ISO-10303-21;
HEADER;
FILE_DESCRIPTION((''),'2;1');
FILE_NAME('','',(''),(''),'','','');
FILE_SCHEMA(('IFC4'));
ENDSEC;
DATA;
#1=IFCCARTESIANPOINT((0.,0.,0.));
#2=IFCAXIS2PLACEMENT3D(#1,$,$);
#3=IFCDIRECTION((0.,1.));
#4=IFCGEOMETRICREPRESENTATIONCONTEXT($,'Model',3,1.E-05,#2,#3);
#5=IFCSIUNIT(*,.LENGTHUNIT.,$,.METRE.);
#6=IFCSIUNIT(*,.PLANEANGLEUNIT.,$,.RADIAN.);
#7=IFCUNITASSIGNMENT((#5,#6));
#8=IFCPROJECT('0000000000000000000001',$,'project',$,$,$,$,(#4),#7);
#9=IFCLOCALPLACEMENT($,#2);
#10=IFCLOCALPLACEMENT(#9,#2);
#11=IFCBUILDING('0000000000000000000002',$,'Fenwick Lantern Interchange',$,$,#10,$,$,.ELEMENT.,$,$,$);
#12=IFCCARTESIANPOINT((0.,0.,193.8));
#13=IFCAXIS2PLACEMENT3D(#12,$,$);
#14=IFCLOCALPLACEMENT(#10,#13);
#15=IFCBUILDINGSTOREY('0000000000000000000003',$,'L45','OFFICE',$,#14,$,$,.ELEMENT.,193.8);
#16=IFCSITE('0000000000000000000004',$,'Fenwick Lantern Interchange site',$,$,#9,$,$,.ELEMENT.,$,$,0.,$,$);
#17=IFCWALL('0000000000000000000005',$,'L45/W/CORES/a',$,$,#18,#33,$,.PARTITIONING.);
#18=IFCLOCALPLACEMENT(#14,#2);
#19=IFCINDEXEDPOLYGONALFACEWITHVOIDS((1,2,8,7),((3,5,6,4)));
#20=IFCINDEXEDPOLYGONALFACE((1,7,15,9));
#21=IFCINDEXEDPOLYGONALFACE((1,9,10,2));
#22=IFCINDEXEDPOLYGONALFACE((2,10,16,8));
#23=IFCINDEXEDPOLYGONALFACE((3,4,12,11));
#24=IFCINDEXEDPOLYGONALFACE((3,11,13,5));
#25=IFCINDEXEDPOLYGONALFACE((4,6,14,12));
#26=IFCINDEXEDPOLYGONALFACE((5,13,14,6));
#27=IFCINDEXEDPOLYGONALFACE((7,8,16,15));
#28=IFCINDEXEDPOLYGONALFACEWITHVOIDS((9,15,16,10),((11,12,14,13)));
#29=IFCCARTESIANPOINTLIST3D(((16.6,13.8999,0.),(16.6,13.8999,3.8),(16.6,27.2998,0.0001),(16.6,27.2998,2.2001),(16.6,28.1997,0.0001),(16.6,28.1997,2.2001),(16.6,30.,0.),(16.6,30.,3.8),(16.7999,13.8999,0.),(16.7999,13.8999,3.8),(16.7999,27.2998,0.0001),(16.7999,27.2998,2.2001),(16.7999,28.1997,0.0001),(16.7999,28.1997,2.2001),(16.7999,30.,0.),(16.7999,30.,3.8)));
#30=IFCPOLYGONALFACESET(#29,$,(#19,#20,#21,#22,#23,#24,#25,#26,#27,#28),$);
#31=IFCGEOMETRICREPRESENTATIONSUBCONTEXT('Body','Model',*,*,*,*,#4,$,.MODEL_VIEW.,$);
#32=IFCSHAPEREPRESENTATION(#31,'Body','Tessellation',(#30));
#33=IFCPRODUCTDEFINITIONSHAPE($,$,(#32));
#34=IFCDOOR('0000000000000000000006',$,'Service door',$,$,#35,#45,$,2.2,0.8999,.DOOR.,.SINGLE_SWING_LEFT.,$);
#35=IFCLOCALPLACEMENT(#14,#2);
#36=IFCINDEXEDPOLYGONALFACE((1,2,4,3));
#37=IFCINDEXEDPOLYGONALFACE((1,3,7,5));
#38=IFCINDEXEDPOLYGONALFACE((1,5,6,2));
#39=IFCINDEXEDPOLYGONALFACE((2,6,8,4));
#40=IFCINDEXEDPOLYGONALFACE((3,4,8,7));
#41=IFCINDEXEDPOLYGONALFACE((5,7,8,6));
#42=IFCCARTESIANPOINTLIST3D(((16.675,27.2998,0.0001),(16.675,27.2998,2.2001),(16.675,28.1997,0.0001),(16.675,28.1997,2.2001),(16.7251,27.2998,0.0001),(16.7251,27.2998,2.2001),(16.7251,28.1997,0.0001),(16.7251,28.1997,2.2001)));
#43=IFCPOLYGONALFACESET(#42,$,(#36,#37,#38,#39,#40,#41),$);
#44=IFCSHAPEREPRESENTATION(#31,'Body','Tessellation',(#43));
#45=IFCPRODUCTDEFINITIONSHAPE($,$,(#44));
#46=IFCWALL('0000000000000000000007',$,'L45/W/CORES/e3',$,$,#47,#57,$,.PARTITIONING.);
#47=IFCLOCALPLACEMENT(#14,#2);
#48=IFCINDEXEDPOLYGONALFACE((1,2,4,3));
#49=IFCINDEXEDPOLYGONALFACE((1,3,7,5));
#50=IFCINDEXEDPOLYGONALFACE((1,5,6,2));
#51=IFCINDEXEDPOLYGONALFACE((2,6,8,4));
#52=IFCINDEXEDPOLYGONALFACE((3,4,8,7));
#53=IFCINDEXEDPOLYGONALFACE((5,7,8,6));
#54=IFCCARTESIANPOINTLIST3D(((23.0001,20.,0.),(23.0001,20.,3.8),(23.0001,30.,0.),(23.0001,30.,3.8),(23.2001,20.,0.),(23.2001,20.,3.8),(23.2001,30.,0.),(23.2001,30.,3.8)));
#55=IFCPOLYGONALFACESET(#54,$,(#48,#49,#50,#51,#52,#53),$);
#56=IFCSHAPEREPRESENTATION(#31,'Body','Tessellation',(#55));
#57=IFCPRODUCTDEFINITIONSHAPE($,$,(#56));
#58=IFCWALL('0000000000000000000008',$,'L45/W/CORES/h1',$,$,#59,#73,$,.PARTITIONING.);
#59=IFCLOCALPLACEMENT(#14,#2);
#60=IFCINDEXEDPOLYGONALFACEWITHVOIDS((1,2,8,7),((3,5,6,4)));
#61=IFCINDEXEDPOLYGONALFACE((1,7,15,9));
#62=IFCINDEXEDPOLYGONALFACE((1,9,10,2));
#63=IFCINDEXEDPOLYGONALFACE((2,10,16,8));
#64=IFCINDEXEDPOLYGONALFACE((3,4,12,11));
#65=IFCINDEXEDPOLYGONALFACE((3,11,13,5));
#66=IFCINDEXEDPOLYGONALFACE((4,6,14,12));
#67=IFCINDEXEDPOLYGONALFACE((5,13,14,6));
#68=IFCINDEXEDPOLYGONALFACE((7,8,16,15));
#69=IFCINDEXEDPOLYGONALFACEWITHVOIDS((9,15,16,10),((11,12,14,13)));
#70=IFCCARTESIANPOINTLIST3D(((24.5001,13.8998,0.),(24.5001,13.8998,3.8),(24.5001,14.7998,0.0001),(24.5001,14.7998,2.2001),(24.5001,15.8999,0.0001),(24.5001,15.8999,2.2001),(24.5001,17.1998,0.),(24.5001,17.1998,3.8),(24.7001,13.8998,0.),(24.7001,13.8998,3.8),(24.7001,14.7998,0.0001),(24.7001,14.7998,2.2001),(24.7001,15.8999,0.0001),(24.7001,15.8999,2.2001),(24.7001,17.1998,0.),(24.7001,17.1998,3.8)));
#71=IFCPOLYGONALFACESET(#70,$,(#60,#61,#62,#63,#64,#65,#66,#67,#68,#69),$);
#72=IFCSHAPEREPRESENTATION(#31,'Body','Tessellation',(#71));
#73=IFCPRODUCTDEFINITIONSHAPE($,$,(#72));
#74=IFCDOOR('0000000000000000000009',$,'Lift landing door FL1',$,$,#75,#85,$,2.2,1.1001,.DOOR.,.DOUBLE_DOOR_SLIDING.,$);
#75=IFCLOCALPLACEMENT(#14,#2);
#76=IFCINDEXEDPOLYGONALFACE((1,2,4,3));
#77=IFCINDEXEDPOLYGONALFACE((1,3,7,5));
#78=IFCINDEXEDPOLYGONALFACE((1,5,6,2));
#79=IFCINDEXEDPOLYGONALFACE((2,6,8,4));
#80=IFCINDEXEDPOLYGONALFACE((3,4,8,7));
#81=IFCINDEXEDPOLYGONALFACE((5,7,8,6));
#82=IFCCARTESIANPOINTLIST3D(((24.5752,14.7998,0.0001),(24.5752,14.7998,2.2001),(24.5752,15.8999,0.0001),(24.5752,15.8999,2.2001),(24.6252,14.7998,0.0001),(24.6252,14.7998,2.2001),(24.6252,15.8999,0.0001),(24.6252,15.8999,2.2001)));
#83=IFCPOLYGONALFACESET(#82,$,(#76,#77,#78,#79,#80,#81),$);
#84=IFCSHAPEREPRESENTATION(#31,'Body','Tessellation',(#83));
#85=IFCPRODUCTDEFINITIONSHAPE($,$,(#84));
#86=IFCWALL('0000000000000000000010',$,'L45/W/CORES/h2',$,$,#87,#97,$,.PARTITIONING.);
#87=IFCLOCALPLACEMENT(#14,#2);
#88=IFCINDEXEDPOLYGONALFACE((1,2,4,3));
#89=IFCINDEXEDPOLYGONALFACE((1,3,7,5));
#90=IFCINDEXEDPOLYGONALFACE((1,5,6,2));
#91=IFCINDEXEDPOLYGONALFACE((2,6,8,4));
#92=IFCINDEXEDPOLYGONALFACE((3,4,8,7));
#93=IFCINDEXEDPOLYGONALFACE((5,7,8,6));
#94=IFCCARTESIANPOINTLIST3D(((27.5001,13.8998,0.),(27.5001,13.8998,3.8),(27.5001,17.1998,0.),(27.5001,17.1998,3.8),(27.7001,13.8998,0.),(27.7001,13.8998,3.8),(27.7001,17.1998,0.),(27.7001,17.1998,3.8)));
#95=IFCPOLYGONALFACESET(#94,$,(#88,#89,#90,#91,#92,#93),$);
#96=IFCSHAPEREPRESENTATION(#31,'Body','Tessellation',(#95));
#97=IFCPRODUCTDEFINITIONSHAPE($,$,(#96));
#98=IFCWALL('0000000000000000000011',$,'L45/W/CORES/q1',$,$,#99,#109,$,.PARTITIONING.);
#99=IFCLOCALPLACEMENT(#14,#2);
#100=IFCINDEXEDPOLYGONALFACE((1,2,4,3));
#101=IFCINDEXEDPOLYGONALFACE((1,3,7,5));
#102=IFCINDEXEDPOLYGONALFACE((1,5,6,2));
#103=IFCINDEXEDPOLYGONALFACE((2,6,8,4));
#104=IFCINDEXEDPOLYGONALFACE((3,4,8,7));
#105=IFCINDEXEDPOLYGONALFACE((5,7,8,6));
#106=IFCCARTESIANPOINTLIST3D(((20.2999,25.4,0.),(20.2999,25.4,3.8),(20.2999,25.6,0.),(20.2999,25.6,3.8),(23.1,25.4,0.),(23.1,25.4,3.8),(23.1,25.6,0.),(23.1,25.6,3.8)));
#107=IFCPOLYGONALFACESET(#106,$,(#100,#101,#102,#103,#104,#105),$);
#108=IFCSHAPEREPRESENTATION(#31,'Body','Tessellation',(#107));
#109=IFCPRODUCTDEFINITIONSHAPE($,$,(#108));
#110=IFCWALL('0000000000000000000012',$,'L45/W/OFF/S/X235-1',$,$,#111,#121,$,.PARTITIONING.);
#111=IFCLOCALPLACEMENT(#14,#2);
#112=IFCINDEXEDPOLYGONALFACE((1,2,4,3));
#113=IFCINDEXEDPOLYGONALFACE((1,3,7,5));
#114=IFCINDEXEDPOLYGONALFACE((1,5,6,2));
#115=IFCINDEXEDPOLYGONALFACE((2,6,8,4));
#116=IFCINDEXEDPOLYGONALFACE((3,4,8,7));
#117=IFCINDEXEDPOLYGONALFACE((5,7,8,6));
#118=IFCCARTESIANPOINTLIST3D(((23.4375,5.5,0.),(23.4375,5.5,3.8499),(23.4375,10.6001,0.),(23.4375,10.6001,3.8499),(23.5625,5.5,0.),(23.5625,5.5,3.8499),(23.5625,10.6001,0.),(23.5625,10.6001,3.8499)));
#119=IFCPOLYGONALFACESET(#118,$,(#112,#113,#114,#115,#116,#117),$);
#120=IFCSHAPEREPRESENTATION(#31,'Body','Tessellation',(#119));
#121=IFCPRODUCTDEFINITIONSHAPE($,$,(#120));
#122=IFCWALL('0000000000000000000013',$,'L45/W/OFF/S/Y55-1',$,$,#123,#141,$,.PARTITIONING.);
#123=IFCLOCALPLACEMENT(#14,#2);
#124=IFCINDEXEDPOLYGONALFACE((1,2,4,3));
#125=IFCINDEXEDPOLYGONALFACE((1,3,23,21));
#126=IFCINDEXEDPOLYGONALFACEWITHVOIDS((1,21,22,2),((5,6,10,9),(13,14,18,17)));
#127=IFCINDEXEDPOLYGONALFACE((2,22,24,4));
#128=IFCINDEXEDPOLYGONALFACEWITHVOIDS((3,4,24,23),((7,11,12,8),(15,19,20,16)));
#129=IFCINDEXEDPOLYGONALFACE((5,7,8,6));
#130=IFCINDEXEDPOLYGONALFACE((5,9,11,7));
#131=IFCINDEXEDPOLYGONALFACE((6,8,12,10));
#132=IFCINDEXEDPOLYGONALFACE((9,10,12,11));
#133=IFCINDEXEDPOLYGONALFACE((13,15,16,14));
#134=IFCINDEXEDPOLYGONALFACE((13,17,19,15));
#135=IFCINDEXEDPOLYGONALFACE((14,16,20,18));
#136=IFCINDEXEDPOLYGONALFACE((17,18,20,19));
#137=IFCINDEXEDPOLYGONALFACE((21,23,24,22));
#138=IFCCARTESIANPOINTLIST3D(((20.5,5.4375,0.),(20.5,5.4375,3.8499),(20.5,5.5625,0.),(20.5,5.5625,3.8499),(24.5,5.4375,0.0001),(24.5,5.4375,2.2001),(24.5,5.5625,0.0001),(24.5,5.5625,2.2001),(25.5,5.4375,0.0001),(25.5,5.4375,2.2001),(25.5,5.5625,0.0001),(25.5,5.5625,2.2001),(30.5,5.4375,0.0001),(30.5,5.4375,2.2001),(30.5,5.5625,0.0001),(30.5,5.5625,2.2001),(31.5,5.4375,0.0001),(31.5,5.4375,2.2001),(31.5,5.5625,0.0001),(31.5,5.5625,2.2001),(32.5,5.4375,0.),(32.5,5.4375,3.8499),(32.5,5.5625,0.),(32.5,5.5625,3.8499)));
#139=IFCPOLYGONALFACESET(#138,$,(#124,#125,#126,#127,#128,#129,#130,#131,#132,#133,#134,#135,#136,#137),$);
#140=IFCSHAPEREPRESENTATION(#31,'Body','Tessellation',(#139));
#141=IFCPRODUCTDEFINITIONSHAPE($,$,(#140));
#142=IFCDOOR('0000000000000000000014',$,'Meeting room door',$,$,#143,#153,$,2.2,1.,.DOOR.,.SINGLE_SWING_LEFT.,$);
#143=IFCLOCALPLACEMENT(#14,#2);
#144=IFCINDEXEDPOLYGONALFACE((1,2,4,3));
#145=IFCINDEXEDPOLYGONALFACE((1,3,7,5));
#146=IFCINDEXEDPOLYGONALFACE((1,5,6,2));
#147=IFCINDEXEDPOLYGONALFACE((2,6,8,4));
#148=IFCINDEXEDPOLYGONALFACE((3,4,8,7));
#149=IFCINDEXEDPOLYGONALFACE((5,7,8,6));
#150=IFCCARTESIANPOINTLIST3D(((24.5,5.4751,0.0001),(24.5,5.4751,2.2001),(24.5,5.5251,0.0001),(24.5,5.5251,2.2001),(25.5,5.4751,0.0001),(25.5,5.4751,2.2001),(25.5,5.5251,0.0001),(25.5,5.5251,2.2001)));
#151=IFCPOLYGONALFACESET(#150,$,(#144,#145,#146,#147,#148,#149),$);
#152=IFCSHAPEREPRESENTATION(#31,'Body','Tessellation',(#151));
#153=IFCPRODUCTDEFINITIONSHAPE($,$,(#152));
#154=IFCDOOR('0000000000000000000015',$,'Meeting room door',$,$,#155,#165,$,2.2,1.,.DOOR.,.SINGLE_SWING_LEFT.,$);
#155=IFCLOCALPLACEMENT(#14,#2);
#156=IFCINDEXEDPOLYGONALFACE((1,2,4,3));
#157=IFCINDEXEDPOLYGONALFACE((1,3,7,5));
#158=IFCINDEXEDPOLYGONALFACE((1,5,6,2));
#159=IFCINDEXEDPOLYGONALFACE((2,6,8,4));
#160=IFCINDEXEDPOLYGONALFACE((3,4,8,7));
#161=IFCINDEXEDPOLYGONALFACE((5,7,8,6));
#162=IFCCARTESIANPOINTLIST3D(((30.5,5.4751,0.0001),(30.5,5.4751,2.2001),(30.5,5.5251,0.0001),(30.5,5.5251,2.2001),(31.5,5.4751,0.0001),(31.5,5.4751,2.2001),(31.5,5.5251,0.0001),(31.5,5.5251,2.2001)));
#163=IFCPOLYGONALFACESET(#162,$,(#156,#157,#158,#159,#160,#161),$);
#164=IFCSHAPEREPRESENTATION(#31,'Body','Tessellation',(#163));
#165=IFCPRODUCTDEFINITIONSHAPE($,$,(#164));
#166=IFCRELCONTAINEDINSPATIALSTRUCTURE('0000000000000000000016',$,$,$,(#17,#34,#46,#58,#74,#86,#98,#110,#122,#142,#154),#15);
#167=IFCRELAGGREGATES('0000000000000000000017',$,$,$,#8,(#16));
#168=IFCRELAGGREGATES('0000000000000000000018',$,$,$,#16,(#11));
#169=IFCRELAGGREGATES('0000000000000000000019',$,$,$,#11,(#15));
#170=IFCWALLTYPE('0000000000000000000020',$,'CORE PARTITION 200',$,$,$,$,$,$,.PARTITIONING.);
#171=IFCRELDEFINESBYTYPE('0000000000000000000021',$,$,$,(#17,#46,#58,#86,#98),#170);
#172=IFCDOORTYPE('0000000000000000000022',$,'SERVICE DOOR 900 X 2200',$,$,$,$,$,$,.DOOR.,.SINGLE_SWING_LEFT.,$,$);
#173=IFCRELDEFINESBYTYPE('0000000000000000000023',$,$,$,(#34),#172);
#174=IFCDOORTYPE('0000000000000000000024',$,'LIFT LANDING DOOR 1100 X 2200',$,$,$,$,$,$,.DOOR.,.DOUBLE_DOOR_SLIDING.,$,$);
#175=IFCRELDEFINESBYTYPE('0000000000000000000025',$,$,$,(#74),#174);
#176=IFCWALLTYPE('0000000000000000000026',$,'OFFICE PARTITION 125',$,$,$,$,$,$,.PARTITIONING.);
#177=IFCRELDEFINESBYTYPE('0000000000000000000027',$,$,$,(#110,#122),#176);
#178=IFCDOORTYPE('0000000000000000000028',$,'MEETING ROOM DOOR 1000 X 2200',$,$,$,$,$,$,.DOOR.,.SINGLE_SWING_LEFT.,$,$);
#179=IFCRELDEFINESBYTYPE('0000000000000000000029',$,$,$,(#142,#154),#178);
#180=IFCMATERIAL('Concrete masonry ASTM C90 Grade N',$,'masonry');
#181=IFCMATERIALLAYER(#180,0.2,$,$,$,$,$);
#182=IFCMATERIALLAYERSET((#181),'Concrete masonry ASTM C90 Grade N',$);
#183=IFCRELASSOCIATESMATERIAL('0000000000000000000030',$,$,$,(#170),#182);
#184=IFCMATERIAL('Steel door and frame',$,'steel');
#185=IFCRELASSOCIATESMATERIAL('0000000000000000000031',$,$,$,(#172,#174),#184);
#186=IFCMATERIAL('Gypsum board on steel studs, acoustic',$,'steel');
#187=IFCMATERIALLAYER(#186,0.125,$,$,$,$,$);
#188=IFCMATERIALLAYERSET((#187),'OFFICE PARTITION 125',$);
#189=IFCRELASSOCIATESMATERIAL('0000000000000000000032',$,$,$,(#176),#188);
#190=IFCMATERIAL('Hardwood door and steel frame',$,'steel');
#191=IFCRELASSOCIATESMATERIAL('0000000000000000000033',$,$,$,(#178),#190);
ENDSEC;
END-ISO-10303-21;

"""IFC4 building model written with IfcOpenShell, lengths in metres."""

from ifc_helpers import new_model, si_unit, direction, frame, frame_2d, origin, place, context, subcontext, project, spatial, rectangle, extrude, material, layer, layer_set, type_object, element, fill, save


model = new_model("IFC4")

# Units and contexts
model_context = context("Model", 3, precision=1e-05, world=origin(), true_north=direction((0.0, 1.0)))
body_context = subcontext(model_context, "Body", "Model", "MODEL_VIEW")
ifc_project = project(units=[si_unit("LENGTHUNIT", "METRE"), si_unit("PLANEANGLEUNIT", "RADIAN")], contexts=[model_context])

# Site, building, storey
site_placement = place(None, origin())
site = spatial("IfcSite", under=ifc_project, at=site_placement, Name="Fenwick Lantern Interchange site", CompositionType="ELEMENT", RefElevation=0.0)
building_placement = place(site_placement, origin())
building = spatial("IfcBuilding", under=site, at=building_placement, Name="Fenwick Lantern Interchange", CompositionType="ELEMENT")
storey_placement = place(building_placement, frame((0.0, 0.0, 193.8)))
storey = spatial("IfcBuildingStorey", under=building, at=storey_placement, Name="L45", Description="OFFICE", CompositionType="ELEMENT", Elevation=193.8)

# Wall, opening, door
ifc_material_1 = material(Name="Concrete masonry ASTM C90 Grade N", Category="masonry")
ifc_layer_1 = layer(ifc_material_1, 0.2)
ifc_layer_set_1 = layer_set([ifc_layer_1], Name="Concrete masonry ASTM C90 Grade N")
wall_type_1 = type_object("IfcWallType", Name="CORE PARTITION 200", PredefinedType="PARTITIONING", material=ifc_layer_set_1)
wall_1_placement = place(storey_placement, frame((16.7, 13.8999, 0.0), z_axis=(0.0, 0.0, 1.0), x_axis=(0.0, 1.0, 0.0)))
wall_1 = element("IfcWall", 1, at=wall_1_placement, inside=storey, type_object=wall_type_1, Name="L45/W/CORES/a", PredefinedType="PARTITIONING", context=body_context, shape_type="SweptSolid", body=[
    extrude(rectangle(XDim=16.1001, YDim=0.2, at=frame_2d((8.05, 0.0))), origin(), (0.0, 0.0, 1.0), 3.8),
])
opening_1_placement = place(wall_1_placement, frame((13.3999, 0.0, 0.0)))
opening_1 = element("IfcOpeningElement", 2, at=opening_1_placement, cuts=wall_1, PredefinedType="OPENING", context=body_context, shape_type="SweptSolid", body=[
    extrude(rectangle(XDim=0.8999, YDim=2.2, at=frame_2d((0.45, 1.1001))), frame((0.0, 0.1099, 0.0), z_axis=(0.0, -1.0, 0.0), x_axis=(1.0, 0.0, 0.0)), (0.0, 0.0, 1.0), 0.22),
])
ifc_material_2 = material(Name="Steel door and frame", Category="steel")
door_type_1 = type_object("IfcDoorType", Name="SERVICE DOOR 900 X 2200", OperationType="SINGLE_SWING_LEFT", PredefinedType="DOOR", material=ifc_material_2)
door_1_placement = place(opening_1_placement, origin())
door_1 = element("IfcDoor", 3, at=door_1_placement, inside=storey, type_object=door_type_1, Name="Service door", OperationType="SINGLE_SWING_LEFT", OverallHeight=2.2, OverallWidth=0.8999, PredefinedType="DOOR", context=body_context, shape_type="SweptSolid", body=[
    extrude(rectangle(XDim=0.8999, YDim=2.2, at=frame_2d((0.45, 1.1001))), frame((0.0, 0.0249, 0.0), z_axis=(0.0, -1.0, 0.0), x_axis=(1.0, 0.0, 0.0)), (0.0, 0.0, 1.0), 0.05),
])
fill(opening_1, door_1)

# Wall
wall_2_placement = place(storey_placement, frame((23.1001, 20.0, 0.0), z_axis=(0.0, 0.0, 1.0), x_axis=(0.0, 1.0, 0.0)))
element("IfcWall", 4, at=wall_2_placement, inside=storey, type_object=wall_type_1, Name="L45/W/CORES/e3", PredefinedType="PARTITIONING", context=body_context, shape_type="SweptSolid", body=[
    extrude(rectangle(XDim=10.0, YDim=0.2, at=frame_2d((5.0, 0.0))), origin(), (0.0, 0.0, 1.0), 3.8),
])

# Wall, opening, door
wall_3_placement = place(storey_placement, frame((24.6001, 13.8999, 0.0), z_axis=(0.0, 0.0, 1.0), x_axis=(0.0, 1.0, 0.0)))
wall_3 = element("IfcWall", 5, at=wall_3_placement, inside=storey, type_object=wall_type_1, Name="L45/W/CORES/h1", PredefinedType="PARTITIONING", context=body_context, shape_type="SweptSolid", body=[
    extrude(rectangle(XDim=3.3, YDim=0.2, at=frame_2d((1.6499, 0.0))), origin(), (0.0, 0.0, 1.0), 3.8),
])
opening_2_placement = place(wall_3_placement, frame((0.8999, 0.0, 0.0)))
opening_2 = element("IfcOpeningElement", 6, at=opening_2_placement, cuts=wall_3, PredefinedType="OPENING", context=body_context, shape_type="SweptSolid", body=[
    extrude(rectangle(XDim=1.1001, YDim=2.2, at=frame_2d((0.55, 1.1001))), frame((0.0, 0.1099, 0.0), z_axis=(0.0, -1.0, 0.0), x_axis=(1.0, 0.0, 0.0)), (0.0, 0.0, 1.0), 0.22),
])
door_type_2 = type_object("IfcDoorType", Name="LIFT LANDING DOOR 1100 X 2200", OperationType="DOUBLE_DOOR_SLIDING", PredefinedType="DOOR", material=ifc_material_2)
door_2_placement = place(opening_2_placement, origin())
door_2 = element("IfcDoor", 7, at=door_2_placement, inside=storey, type_object=door_type_2, Name="Lift landing door FL1", OperationType="DOUBLE_DOOR_SLIDING", OverallHeight=2.2, OverallWidth=1.1001, PredefinedType="DOOR", context=body_context, shape_type="SweptSolid", body=[
    extrude(rectangle(XDim=1.1001, YDim=2.2, at=frame_2d((0.55, 1.1001))), frame((0.0, 0.0249, 0.0), z_axis=(0.0, -1.0, 0.0), x_axis=(1.0, 0.0, 0.0)), (0.0, 0.0, 1.0), 0.05),
])
fill(opening_2, door_2)

# Walls
wall_4_placement = place(storey_placement, frame((27.6001, 13.8999, 0.0), z_axis=(0.0, 0.0, 1.0), x_axis=(0.0, 1.0, 0.0)))
element("IfcWall", 8, at=wall_4_placement, inside=storey, type_object=wall_type_1, Name="L45/W/CORES/h2", PredefinedType="PARTITIONING", context=body_context, shape_type="SweptSolid", body=[
    extrude(rectangle(XDim=3.3, YDim=0.2, at=frame_2d((1.6499, 0.0))), origin(), (0.0, 0.0, 1.0), 3.8),
])
wall_5_placement = place(storey_placement, frame((20.3, 25.5, 0.0), z_axis=(0.0, 0.0, 1.0), x_axis=(1.0, 0.0, 0.0)))
element("IfcWall", 9, at=wall_5_placement, inside=storey, type_object=wall_type_1, Name="L45/W/CORES/q1", PredefinedType="PARTITIONING", context=body_context, shape_type="SweptSolid", body=[
    extrude(rectangle(XDim=2.8, YDim=0.2, at=frame_2d((1.3999, 0.0))), origin(), (0.0, 0.0, 1.0), 3.8),
])
ifc_material_3 = material(Name="Gypsum board on steel studs, acoustic", Category="steel")
ifc_layer_2 = layer(ifc_material_3, 0.125)
ifc_layer_set_2 = layer_set([ifc_layer_2], Name="OFFICE PARTITION 125")
wall_type_2 = type_object("IfcWallType", Name="OFFICE PARTITION 125", PredefinedType="PARTITIONING", material=ifc_layer_set_2)
wall_6_placement = place(storey_placement, frame((23.5, 5.5, 0.0), z_axis=(0.0, 0.0, 1.0), x_axis=(0.0, 1.0, 0.0)))
element("IfcWall", 10, at=wall_6_placement, inside=storey, type_object=wall_type_2, Name="L45/W/OFF/S/X235-1", PredefinedType="PARTITIONING", context=body_context, shape_type="SweptSolid", body=[
    extrude(rectangle(XDim=5.1001, YDim=0.125, at=frame_2d((2.55, 0.0))), origin(), (0.0, 0.0, 1.0), 3.8499),
])

# Wall, openings, doors
wall_7_placement = place(storey_placement, frame((20.5, 5.5, 0.0), z_axis=(0.0, 0.0, 1.0), x_axis=(1.0, 0.0, 0.0)))
wall_7 = element("IfcWall", 11, at=wall_7_placement, inside=storey, type_object=wall_type_2, Name="L45/W/OFF/S/Y55-1", PredefinedType="PARTITIONING", context=body_context, shape_type="SweptSolid", body=[
    extrude(rectangle(XDim=12.0, YDim=0.125, at=frame_2d((6.0, 0.0))), origin(), (0.0, 0.0, 1.0), 3.8499),
])
opening_3_placement = place(wall_7_placement, frame((4.0, 0.0, 0.0)))
opening_3 = element("IfcOpeningElement", 12, at=opening_3_placement, cuts=wall_7, PredefinedType="OPENING", context=body_context, shape_type="SweptSolid", body=[
    extrude(rectangle(XDim=1.0, YDim=2.2, at=frame_2d((0.5, 1.1001))), frame((0.0, 0.0725, 0.0), z_axis=(0.0, -1.0, 0.0), x_axis=(1.0, 0.0, 0.0)), (0.0, 0.0, 1.0), 0.145),
])
opening_4_placement = place(wall_7_placement, frame((10.0, 0.0, 0.0)))
opening_4 = element("IfcOpeningElement", 13, at=opening_4_placement, cuts=wall_7, PredefinedType="OPENING", context=body_context, shape_type="SweptSolid", body=[
    extrude(rectangle(XDim=1.0, YDim=2.2, at=frame_2d((0.5, 1.1001))), frame((0.0, 0.0725, 0.0), z_axis=(0.0, -1.0, 0.0), x_axis=(1.0, 0.0, 0.0)), (0.0, 0.0, 1.0), 0.145),
])
ifc_material_4 = material(Name="Hardwood door and steel frame", Category="steel")
door_type_3 = type_object("IfcDoorType", Name="MEETING ROOM DOOR 1000 X 2200", OperationType="SINGLE_SWING_LEFT", PredefinedType="DOOR", material=ifc_material_4)
door_3_placement = place(opening_3_placement, frame((1.0, 0.0, 0.0), z_axis=(0.0, 0.0, 1.0), x_axis=(-1.0, 0.0, 0.0)))
door_3 = element("IfcDoor", 14, at=door_3_placement, inside=storey, type_object=door_type_3, Name="Meeting room door", OperationType="SINGLE_SWING_LEFT", OverallHeight=2.2, OverallWidth=1.0, PredefinedType="DOOR", context=body_context, shape_type="SweptSolid", body=[
    extrude(rectangle(XDim=1.0, YDim=2.2, at=frame_2d((0.5, 1.1001))), frame((0.0, 0.0249, 0.0), z_axis=(0.0, -1.0, 0.0), x_axis=(1.0, 0.0, 0.0)), (0.0, 0.0, 1.0), 0.05),
])
fill(opening_3, door_3)
door_4_placement = place(opening_4_placement, frame((1.0, 0.0, 0.0), z_axis=(0.0, 0.0, 1.0), x_axis=(-1.0, 0.0, 0.0)))
door_4 = element("IfcDoor", 15, at=door_4_placement, inside=storey, type_object=door_type_3, Name="Meeting room door", OperationType="SINGLE_SWING_LEFT", OverallHeight=2.2, OverallWidth=1.0, PredefinedType="DOOR", context=body_context, shape_type="SweptSolid", body=[
    extrude(rectangle(XDim=1.0, YDim=2.2, at=frame_2d((0.5, 1.1001))), frame((0.0, 0.0249, 0.0), z_axis=(0.0, -1.0, 0.0), x_axis=(1.0, 0.0, 0.0)), (0.0, 0.0, 1.0), 0.05),
])
fill(opening_4, door_4)

save(model, "model.ifc")
